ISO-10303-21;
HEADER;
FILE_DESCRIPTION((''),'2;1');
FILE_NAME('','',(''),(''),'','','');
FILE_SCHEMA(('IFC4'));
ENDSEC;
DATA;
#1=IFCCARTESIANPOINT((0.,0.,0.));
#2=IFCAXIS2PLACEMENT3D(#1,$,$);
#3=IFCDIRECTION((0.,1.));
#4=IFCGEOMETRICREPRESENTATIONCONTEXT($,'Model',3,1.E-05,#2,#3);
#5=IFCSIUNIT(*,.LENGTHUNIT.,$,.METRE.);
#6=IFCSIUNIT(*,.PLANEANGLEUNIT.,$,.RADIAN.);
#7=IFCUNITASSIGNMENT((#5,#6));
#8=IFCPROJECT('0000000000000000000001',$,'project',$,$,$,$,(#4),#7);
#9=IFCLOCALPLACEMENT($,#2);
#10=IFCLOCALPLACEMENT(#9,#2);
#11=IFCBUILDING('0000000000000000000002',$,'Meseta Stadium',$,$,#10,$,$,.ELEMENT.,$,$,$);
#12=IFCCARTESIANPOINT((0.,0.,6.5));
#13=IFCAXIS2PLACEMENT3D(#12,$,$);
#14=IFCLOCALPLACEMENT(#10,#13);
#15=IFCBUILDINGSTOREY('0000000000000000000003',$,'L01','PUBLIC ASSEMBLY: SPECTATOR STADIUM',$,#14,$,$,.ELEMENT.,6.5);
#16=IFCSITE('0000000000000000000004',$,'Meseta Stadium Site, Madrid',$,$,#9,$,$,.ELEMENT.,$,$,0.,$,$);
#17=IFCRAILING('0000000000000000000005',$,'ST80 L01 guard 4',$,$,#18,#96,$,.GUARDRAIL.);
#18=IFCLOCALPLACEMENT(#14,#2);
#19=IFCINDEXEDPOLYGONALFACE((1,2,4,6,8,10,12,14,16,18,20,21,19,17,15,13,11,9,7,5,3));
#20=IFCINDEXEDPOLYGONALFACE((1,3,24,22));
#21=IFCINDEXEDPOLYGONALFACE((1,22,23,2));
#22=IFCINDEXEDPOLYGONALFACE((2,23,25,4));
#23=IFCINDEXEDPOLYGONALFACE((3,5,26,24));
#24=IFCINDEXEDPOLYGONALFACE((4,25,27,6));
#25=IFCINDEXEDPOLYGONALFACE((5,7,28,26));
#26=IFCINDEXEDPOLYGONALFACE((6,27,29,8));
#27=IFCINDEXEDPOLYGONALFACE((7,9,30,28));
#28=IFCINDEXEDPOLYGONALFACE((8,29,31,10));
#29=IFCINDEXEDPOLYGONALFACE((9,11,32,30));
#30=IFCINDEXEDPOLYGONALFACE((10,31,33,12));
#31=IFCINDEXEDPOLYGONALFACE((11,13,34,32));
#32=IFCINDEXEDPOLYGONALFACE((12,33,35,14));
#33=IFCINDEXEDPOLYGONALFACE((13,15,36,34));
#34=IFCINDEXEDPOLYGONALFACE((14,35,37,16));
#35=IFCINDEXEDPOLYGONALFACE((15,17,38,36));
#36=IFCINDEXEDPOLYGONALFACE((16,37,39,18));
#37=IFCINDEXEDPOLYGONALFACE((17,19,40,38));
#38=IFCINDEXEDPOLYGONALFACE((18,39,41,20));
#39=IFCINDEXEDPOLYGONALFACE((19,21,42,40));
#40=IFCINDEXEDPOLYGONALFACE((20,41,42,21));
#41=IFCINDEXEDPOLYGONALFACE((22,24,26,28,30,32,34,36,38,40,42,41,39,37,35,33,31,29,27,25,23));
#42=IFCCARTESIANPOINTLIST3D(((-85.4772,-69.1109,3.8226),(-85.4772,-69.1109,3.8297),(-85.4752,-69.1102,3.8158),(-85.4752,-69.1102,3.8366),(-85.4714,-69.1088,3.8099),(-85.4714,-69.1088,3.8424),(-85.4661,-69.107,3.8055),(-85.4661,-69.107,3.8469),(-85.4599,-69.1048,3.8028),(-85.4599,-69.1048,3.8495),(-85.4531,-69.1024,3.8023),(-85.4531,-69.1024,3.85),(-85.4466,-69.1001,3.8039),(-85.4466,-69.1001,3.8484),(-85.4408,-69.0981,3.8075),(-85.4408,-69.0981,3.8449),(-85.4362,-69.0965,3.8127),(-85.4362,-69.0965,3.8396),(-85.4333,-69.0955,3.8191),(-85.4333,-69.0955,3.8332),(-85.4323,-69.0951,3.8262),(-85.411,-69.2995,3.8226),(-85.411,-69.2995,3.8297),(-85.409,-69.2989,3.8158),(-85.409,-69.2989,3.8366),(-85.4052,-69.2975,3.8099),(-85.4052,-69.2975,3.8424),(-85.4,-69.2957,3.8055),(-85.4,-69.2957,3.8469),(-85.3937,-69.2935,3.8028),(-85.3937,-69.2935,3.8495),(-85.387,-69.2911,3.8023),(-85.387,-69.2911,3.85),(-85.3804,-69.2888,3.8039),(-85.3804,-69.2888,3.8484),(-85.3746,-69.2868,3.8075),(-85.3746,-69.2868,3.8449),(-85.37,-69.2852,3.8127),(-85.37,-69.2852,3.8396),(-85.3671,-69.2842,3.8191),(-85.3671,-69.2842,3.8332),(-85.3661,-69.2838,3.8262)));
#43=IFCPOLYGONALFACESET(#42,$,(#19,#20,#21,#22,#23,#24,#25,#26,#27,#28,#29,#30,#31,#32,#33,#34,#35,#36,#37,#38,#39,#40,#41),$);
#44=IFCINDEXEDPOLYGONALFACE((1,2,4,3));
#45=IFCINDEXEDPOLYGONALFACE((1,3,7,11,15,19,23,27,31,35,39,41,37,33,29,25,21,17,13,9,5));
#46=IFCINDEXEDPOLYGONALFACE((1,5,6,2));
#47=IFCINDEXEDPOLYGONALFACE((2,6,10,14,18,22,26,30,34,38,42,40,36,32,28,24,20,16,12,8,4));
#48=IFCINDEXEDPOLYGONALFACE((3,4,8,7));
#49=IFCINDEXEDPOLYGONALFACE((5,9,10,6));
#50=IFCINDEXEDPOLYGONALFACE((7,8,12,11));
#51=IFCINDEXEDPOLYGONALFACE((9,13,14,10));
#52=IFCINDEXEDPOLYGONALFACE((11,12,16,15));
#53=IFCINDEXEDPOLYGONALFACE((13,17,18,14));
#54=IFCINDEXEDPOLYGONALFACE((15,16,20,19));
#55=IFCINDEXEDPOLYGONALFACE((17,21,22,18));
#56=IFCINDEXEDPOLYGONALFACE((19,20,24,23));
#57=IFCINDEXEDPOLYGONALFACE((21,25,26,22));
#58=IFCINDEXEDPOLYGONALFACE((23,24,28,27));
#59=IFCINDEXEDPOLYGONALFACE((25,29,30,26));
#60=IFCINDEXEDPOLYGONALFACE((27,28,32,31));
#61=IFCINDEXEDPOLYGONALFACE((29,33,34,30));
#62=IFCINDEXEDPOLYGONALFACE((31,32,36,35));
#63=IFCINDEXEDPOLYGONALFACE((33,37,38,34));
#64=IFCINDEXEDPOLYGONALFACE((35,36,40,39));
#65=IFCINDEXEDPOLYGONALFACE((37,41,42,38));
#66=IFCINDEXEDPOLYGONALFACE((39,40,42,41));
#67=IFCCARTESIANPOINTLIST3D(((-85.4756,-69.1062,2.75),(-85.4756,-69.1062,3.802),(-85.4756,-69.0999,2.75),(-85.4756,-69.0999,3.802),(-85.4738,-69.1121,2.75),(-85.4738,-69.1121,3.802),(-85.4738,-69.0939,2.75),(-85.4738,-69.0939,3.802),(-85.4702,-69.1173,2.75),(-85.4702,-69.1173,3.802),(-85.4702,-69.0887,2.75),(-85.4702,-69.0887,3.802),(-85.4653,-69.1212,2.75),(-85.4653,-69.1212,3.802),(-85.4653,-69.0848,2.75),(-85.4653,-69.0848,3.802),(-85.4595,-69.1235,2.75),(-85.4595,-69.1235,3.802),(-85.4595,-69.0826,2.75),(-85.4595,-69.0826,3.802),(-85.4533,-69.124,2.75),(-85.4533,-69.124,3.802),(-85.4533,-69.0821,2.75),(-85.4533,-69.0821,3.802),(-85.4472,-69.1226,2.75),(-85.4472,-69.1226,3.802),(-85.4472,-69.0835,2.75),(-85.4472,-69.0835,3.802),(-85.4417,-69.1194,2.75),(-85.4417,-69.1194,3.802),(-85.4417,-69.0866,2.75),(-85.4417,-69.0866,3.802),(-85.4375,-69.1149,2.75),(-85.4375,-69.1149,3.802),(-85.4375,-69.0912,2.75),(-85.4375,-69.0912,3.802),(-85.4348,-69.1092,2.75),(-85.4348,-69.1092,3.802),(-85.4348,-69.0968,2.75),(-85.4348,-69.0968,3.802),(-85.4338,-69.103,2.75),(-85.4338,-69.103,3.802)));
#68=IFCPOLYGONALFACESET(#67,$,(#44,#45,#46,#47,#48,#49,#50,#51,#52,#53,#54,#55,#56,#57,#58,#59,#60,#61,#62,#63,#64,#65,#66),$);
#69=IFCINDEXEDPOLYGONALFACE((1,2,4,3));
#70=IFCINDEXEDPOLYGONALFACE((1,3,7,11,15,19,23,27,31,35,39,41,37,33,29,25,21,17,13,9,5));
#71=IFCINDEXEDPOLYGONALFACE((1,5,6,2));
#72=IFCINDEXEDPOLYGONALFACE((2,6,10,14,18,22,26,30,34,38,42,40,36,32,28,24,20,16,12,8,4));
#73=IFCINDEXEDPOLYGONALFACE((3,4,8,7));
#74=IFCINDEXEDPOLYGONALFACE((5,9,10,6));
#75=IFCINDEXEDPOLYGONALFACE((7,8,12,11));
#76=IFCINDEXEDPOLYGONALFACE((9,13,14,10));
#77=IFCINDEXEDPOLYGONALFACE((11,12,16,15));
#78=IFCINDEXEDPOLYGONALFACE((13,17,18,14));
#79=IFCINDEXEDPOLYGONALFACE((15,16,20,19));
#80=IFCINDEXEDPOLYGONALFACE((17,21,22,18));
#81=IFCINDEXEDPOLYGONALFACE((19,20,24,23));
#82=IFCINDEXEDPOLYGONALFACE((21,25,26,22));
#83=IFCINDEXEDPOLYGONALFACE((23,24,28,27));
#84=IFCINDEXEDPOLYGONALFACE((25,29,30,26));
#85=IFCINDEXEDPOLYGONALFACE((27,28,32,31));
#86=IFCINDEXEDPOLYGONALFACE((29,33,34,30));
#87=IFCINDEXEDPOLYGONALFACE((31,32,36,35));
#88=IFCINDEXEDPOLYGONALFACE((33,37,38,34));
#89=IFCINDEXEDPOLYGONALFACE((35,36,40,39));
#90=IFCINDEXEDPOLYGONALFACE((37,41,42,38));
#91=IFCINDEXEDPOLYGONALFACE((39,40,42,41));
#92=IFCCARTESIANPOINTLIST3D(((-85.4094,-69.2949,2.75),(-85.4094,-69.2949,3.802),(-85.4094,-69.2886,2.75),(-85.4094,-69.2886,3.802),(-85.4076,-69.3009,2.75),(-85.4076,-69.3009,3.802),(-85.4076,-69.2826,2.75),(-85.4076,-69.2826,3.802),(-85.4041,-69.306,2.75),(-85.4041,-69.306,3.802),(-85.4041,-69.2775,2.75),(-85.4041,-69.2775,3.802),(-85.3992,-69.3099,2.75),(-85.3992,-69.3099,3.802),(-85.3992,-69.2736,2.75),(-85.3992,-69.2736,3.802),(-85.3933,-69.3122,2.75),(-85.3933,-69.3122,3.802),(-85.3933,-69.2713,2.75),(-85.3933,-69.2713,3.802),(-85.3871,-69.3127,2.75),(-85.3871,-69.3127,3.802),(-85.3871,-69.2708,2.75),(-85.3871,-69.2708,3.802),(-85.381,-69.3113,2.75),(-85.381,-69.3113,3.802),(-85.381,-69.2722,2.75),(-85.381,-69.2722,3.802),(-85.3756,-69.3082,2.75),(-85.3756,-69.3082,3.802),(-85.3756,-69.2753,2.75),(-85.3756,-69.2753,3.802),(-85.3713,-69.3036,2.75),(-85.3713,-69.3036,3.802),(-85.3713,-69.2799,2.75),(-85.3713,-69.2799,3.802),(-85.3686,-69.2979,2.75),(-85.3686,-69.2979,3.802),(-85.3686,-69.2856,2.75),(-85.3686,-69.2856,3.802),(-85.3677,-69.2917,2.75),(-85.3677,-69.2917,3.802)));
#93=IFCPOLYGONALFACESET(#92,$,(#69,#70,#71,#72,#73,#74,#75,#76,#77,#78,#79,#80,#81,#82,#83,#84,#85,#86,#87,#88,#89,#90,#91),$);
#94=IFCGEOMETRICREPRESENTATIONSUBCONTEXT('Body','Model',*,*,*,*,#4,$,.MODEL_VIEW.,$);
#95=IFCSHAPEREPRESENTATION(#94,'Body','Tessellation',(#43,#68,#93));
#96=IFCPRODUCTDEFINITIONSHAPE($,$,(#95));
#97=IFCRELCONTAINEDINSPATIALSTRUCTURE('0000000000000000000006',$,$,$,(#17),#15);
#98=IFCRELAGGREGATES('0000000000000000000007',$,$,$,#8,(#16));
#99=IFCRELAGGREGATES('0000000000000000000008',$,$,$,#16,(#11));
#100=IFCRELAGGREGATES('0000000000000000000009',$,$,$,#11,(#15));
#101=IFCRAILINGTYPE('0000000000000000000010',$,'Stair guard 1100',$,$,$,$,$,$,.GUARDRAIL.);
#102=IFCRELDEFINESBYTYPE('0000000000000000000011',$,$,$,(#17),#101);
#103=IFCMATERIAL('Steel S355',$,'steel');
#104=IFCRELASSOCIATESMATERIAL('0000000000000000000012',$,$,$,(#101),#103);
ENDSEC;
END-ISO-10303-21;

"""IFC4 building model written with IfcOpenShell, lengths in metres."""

from ifc_helpers import new_model, si_unit, direction, frame, origin, origin_2d, place, context, subcontext, project, spatial, circle, extrude, material, type_object, element, save


model = new_model("IFC4")

# Units and contexts
model_context = context("Model", 3, precision=1e-05, world=origin(), true_north=direction((0.0, 1.0)))
body_context = subcontext(model_context, "Body", "Model", "MODEL_VIEW")
ifc_project = project(units=[si_unit("LENGTHUNIT", "METRE"), si_unit("PLANEANGLEUNIT", "RADIAN")], contexts=[model_context])

# Site, building, storey
site_placement = place(None, origin())
site = spatial("IfcSite", under=ifc_project, at=site_placement, Name="Meseta Stadium Site, Madrid", CompositionType="ELEMENT", RefElevation=0.0)
building_placement = place(site_placement, origin())
building = spatial("IfcBuilding", under=site, at=building_placement, Name="Meseta Stadium", CompositionType="ELEMENT")
storey_placement = place(building_placement, frame((0.0, 0.0, 6.5)))
storey = spatial("IfcBuildingStorey", under=building, at=storey_placement, Name="L01", Description="PUBLIC ASSEMBLY: SPECTATOR STADIUM", CompositionType="ELEMENT", Elevation=6.5)

# Railing
ifc_material_1 = material(Name="Steel S355", Category="steel")
railing_type_1 = type_object("IfcRailingType", Name="Stair guard 1100", PredefinedType="GUARDRAIL", material=ifc_material_1)
railing_1_placement = place(storey_placement, frame((-85.4548, -69.103, 2.75)))
element("IfcRailing", 1, at=railing_1_placement, inside=storey, type_object=railing_type_1, Name="ST80 L01 guard 4", PredefinedType="GUARDRAIL", context=body_context, shape_type="SweptSolid", body=[
    extrude(circle(Radius=0.0239, at=origin_2d()), frame((0.0, 0.0, 1.0762), z_axis=(0.33084, -0.943687, 0.0), x_axis=(0.943687, 0.33084, 0.0)), (0.0, 0.0, 1.0), 0.2),
    extrude(circle(Radius=0.021, at=origin_2d()), origin(), (0.0, 0.0, 1.0), 1.052),
    extrude(circle(Radius=0.021, at=origin_2d()), frame((0.0662, -0.1887, 0.0)), (0.0, 0.0, 1.0), 1.052),
])

save(model, "model.ifc")
